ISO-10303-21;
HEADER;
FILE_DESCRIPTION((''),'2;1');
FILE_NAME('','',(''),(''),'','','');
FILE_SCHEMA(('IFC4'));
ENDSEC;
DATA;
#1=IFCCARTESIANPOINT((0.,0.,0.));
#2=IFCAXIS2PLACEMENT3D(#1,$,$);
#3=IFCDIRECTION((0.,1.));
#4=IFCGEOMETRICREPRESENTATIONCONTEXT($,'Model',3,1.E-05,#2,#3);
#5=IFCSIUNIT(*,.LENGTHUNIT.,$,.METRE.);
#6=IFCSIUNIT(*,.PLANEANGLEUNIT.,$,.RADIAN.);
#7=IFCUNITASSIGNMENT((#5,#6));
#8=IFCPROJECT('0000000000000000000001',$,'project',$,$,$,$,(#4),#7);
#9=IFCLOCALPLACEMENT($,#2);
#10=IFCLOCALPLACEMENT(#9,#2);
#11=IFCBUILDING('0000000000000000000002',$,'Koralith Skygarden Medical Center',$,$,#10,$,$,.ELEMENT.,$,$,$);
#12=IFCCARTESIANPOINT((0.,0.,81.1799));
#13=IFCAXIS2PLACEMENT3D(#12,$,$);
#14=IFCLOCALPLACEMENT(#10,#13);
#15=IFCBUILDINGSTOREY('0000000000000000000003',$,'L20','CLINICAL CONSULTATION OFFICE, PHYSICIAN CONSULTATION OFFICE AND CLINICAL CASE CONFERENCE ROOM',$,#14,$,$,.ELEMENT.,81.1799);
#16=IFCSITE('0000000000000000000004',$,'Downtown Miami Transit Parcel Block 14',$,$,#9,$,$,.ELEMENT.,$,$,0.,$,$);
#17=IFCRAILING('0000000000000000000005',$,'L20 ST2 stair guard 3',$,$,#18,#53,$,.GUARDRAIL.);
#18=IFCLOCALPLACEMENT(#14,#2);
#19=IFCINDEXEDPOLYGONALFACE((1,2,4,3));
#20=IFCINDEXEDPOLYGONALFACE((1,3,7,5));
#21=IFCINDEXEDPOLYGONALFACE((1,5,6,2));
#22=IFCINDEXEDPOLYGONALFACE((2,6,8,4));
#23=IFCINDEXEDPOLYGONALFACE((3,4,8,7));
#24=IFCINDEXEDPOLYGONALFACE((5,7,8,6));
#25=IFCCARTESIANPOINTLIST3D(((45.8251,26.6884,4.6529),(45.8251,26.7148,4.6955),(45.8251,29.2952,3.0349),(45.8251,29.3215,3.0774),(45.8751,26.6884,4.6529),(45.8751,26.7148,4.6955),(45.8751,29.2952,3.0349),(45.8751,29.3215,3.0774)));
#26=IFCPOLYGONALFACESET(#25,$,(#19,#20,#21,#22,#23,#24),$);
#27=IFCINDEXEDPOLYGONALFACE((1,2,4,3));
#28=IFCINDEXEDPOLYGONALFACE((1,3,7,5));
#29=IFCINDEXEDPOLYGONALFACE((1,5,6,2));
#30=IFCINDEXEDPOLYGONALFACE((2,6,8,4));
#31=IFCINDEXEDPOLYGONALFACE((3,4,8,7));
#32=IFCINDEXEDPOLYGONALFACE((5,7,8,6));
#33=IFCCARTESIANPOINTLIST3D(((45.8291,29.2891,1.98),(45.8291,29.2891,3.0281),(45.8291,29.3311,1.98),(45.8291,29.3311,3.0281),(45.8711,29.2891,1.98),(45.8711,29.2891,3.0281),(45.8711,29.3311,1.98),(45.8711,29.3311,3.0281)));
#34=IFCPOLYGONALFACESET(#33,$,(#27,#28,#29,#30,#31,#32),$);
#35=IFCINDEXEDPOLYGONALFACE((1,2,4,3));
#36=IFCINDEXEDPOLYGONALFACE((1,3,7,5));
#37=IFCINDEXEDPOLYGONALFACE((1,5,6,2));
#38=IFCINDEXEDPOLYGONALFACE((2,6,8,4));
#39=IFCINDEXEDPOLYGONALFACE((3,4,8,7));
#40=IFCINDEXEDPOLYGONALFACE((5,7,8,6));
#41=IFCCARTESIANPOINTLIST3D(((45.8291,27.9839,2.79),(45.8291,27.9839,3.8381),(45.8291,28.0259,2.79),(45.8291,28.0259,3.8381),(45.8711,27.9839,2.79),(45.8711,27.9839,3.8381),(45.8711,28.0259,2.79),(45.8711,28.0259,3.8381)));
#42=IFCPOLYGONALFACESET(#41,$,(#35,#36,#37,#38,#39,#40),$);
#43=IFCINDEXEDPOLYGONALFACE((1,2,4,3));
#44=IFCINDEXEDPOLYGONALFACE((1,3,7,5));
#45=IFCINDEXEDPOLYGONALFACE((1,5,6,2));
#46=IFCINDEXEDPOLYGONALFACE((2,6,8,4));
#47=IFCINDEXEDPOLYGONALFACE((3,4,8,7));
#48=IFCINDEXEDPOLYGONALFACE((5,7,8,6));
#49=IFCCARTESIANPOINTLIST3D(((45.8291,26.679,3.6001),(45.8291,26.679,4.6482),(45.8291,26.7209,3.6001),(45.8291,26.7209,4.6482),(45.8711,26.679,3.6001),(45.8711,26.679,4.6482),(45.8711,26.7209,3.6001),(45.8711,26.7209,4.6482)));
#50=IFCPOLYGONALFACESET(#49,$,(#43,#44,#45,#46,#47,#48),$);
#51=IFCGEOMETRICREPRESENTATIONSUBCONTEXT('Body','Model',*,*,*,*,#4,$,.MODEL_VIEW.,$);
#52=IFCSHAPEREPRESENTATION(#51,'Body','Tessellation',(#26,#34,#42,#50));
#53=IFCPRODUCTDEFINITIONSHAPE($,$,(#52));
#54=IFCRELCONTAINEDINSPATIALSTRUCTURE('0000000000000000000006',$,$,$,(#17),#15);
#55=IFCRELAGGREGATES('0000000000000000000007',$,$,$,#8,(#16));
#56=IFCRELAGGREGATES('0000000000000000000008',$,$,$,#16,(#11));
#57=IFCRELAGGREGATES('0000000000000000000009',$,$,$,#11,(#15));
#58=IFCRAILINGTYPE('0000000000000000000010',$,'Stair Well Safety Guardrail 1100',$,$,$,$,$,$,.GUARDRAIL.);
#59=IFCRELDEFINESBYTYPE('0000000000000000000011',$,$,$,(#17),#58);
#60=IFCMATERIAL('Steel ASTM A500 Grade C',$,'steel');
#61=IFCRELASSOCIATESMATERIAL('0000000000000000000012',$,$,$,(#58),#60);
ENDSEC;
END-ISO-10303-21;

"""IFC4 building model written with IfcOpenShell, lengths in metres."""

from ifc_helpers import new_model, si_unit, direction, frame, origin, origin_2d, place, context, subcontext, project, spatial, rectangle, extrude, material, type_object, element, save


model = new_model("IFC4")

# Units and contexts
model_context = context("Model", 3, precision=1e-05, world=origin(), true_north=direction((0.0, 1.0)))
body_context = subcontext(model_context, "Body", "Model", "MODEL_VIEW")
ifc_project = project(units=[si_unit("LENGTHUNIT", "METRE"), si_unit("PLANEANGLEUNIT", "RADIAN")], contexts=[model_context])

# Site, building, storey
site_placement = place(None, origin())
site = spatial("IfcSite", under=ifc_project, at=site_placement, Name="Downtown Miami Transit Parcel Block 14", CompositionType="ELEMENT", RefElevation=0.0)
building_placement = place(site_placement, origin())
building = spatial("IfcBuilding", under=site, at=building_placement, Name="Koralith Skygarden Medical Center", CompositionType="ELEMENT")
storey_placement = place(building_placement, frame((0.0, 0.0, 81.1799)))
storey = spatial("IfcBuildingStorey", under=building, at=storey_placement, Name="L20", Description="CLINICAL CONSULTATION OFFICE, PHYSICIAN CONSULTATION OFFICE AND CLINICAL CASE CONFERENCE ROOM", CompositionType="ELEMENT", Elevation=81.1799)

# Shared definitions
ifc_material_1 = material(Name="Steel ASTM A500 Grade C", Category="steel")

# Railing
railing_type_1 = type_object("IfcRailingType", Name="Stair Well Safety Guardrail 1100", PredefinedType="GUARDRAIL", material=ifc_material_1)
railing_1_placement = place(storey_placement, frame((45.8501, 29.3101, 1.98)))
element("IfcRailing", 1, at=railing_1_placement, inside=storey, type_object=railing_type_1, Name="L20 ST2 stair guard 3", PredefinedType="GUARDRAIL", context=body_context, shape_type="SweptSolid", body=[
    extrude(rectangle(XDim=0.05, YDim=0.05, at=origin_2d()), frame((0.0, -0.0017, 1.0762), z_axis=(0.0, -0.849633, 0.527375), x_axis=(1.0, 0.0, 0.0)), (0.0, 0.0, 1.0), 3.0681),
    extrude(rectangle(XDim=0.042, YDim=0.042, at=origin_2d()), origin(), (0.0, 0.0, 1.0), 1.0481),
    extrude(rectangle(XDim=0.042, YDim=0.042, at=origin_2d()), frame((0.0, -1.3052, 0.8101)), (0.0, 0.0, 1.0), 1.0481),
    extrude(rectangle(XDim=0.042, YDim=0.042, at=origin_2d()), frame((0.0, -2.6101, 1.6201)), (0.0, 0.0, 1.0), 1.0481),
])

save(model, "model.ifc")
